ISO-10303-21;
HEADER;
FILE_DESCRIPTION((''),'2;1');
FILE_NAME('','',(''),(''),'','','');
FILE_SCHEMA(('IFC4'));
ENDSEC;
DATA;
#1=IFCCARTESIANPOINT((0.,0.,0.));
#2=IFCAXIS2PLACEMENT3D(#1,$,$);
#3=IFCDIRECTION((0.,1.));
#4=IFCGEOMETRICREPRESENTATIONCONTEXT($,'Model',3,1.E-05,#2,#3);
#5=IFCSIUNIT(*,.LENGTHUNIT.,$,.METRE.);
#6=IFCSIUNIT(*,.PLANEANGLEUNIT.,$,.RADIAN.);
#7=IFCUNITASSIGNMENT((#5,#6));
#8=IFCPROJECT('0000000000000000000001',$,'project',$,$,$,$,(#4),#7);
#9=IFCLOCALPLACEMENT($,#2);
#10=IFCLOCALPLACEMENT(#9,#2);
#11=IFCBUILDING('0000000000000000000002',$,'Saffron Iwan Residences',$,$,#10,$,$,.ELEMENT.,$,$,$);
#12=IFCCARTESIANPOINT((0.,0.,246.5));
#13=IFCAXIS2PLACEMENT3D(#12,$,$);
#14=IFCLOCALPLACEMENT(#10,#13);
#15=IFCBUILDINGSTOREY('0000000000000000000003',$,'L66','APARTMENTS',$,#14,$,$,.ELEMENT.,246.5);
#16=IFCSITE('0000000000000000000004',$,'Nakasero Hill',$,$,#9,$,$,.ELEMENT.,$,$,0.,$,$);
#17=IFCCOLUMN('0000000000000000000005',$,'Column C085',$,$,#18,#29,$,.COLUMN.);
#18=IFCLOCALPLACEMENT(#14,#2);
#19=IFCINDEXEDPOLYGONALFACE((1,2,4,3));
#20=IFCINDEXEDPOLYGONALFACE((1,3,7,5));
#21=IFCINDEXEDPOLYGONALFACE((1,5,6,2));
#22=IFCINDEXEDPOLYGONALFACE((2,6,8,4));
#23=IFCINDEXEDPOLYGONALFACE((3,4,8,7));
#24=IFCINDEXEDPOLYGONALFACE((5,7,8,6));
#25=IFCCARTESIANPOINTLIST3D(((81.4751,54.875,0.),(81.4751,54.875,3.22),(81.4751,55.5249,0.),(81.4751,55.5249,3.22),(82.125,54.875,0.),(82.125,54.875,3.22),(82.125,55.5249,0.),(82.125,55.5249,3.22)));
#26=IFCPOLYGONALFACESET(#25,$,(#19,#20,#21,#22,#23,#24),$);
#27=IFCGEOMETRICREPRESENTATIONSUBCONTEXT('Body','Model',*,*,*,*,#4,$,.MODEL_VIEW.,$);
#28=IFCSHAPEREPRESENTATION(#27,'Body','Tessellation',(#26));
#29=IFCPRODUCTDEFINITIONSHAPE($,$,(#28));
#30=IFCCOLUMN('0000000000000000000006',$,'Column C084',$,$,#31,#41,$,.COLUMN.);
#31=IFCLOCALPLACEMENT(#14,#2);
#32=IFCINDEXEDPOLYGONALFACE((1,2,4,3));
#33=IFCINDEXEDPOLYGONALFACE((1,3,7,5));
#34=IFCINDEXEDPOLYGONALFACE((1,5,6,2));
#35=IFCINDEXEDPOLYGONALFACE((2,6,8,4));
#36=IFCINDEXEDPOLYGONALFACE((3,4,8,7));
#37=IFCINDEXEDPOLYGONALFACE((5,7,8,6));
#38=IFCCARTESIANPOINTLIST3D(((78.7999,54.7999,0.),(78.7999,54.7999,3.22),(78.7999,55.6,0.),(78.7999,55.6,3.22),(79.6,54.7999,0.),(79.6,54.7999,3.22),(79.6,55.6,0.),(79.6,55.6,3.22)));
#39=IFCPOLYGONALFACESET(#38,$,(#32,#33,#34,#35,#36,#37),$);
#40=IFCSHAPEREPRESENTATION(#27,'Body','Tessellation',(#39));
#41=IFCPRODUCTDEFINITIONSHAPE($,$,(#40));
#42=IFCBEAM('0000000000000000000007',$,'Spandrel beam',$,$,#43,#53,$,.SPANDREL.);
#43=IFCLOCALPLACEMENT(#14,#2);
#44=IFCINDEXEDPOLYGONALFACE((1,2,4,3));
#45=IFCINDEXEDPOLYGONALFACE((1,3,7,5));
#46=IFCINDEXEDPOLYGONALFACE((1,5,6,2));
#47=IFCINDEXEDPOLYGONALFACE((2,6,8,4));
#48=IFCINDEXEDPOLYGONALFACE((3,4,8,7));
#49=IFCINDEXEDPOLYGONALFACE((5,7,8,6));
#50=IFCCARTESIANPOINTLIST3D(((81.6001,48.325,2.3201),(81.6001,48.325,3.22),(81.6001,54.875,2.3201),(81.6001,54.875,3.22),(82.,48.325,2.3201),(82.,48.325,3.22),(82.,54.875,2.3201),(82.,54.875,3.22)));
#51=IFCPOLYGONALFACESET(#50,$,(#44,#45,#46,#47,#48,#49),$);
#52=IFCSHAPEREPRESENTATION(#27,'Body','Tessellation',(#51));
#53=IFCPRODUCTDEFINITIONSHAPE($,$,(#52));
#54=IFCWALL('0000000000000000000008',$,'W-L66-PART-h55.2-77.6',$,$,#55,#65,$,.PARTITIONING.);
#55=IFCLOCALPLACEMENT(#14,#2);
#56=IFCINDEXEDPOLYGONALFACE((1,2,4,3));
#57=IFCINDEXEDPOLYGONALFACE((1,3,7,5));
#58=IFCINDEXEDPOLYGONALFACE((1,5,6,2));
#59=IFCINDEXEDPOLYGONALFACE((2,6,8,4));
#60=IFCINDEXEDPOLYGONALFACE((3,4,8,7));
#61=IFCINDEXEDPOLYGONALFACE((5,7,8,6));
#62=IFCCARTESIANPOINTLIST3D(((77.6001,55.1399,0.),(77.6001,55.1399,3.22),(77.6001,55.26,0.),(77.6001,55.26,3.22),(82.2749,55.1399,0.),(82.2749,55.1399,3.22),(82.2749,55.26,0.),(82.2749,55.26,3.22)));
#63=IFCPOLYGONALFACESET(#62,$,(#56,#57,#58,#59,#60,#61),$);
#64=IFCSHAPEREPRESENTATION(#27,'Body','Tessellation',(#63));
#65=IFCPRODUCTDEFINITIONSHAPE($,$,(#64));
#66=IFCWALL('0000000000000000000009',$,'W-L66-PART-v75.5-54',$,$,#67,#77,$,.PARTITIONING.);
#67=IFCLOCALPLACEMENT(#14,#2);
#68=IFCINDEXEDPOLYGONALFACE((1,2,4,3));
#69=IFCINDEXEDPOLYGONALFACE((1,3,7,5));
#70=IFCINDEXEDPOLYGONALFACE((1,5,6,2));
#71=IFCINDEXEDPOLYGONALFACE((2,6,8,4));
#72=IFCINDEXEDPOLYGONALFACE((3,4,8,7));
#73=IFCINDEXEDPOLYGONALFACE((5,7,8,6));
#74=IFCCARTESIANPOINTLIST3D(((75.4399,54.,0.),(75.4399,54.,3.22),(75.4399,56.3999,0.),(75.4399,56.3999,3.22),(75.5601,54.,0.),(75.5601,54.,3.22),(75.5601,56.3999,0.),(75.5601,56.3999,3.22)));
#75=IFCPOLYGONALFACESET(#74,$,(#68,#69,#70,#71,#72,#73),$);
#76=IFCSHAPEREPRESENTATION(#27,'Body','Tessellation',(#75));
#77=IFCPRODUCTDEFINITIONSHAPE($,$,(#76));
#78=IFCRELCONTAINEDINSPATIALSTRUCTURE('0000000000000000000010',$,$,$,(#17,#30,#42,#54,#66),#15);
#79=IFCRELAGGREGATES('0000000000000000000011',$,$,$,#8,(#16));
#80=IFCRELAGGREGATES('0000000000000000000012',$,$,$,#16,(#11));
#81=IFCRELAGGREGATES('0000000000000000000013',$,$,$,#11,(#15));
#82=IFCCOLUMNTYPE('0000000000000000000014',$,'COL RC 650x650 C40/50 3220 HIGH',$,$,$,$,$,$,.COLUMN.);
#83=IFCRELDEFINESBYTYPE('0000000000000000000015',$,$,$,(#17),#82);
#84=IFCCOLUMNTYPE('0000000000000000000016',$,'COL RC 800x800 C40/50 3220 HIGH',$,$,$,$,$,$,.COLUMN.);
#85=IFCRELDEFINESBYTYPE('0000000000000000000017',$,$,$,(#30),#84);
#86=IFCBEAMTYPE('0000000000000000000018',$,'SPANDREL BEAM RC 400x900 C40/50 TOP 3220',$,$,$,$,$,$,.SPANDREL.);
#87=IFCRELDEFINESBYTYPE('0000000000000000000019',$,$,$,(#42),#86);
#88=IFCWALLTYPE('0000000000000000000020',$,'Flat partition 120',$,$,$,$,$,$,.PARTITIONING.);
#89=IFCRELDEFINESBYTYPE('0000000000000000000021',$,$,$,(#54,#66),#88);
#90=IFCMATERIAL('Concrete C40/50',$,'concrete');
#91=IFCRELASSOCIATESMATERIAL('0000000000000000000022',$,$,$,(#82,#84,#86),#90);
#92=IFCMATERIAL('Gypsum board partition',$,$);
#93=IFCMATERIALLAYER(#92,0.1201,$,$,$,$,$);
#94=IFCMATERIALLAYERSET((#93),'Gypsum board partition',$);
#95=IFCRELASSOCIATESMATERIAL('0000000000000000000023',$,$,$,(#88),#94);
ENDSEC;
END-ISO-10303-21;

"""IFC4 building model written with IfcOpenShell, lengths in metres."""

from ifc_helpers import new_model, si_unit, direction, frame, frame_2d, origin, origin_2d, place, context, subcontext, project, spatial, rectangle, extrude, source, transform, mapped, material, layer, layer_set, material_profile, profile_set, type_object, element, save


model = new_model("IFC4")

# Units and contexts
model_context = context("Model", 3, precision=1e-05, world=origin(), true_north=direction((0.0, 1.0)))
body_context = subcontext(model_context, "Body", "Model", "MODEL_VIEW")
ifc_project = project(units=[si_unit("LENGTHUNIT", "METRE"), si_unit("PLANEANGLEUNIT", "RADIAN")], contexts=[model_context])

# Site, building, storey
site_placement = place(None, origin())
site = spatial("IfcSite", under=ifc_project, at=site_placement, Name="Nakasero Hill", CompositionType="ELEMENT", RefElevation=0.0)
building_placement = place(site_placement, origin())
building = spatial("IfcBuilding", under=site, at=building_placement, Name="Saffron Iwan Residences", CompositionType="ELEMENT")
storey_placement = place(building_placement, frame((0.0, 0.0, 246.5)))
storey = spatial("IfcBuildingStorey", under=building, at=storey_placement, Name="L66", Description="APARTMENTS", CompositionType="ELEMENT", Elevation=246.5)

# Columns
ifc_material_1 = material(Name="Concrete C40/50", Category="concrete")
ifc_material_profile_1 = material_profile(ifc_material_1, rectangle(XDim=0.6499, YDim=0.6499, at=origin_2d()), Name="RC 650x650")
ifc_profile_set_1 = profile_set([ifc_material_profile_1], Name="Concrete C40/50")
column_type_1 = type_object("IfcColumnType", Name="COL RC 650x650 C40/50 3220 HIGH", PredefinedType="COLUMN", material=ifc_profile_set_1)
shared_shape_1 = source(origin(), body_context, "Body", "SweptSolid", [
    extrude(rectangle(XDim=0.6499, YDim=0.6499, at=origin_2d()), origin(), (0.0, 0.0, 1.0), 3.22),
])
column_1_placement = place(storey_placement, frame((81.8, 55.2, 0.0), z_axis=(0.0, 0.0, 1.0), x_axis=(1.0, 0.0, 0.0)))
element("IfcColumn", 1, at=column_1_placement, inside=storey, type_object=column_type_1, Name="Column C085", PredefinedType="COLUMN", context=body_context, shape_type="MappedRepresentation", body=[
    mapped(shared_shape_1, transform((0.0, 0.0, 0.0))),
])
ifc_material_profile_2 = material_profile(ifc_material_1, rectangle(XDim=0.8, YDim=0.8, at=origin_2d()), Name="RC 800x800")
ifc_profile_set_2 = profile_set([ifc_material_profile_2], Name="Concrete C40/50")
column_type_2 = type_object("IfcColumnType", Name="COL RC 800x800 C40/50 3220 HIGH", PredefinedType="COLUMN", material=ifc_profile_set_2)
shared_shape_2 = source(origin(), body_context, "Body", "SweptSolid", [
    extrude(rectangle(XDim=0.8, YDim=0.8, at=origin_2d()), origin(), (0.0, 0.0, 1.0), 3.22),
])
column_2_placement = place(storey_placement, frame((79.2, 55.2, 0.0), z_axis=(0.0, 0.0, 1.0), x_axis=(1.0, 0.0, 0.0)))
element("IfcColumn", 2, at=column_2_placement, inside=storey, type_object=column_type_2, Name="Column C084", PredefinedType="COLUMN", context=body_context, shape_type="MappedRepresentation", body=[
    mapped(shared_shape_2, transform((0.0, 0.0, 0.0))),
])

# Beam
ifc_material_profile_3 = material_profile(ifc_material_1, rectangle(XDim=0.3999, YDim=0.8999, at=origin_2d()), Name="RC 400x900")
ifc_profile_set_3 = profile_set([ifc_material_profile_3], Name="Concrete C40/50")
beam_type = type_object("IfcBeamType", Name="SPANDREL BEAM RC 400x900 C40/50 TOP 3220", PredefinedType="SPANDREL", material=ifc_profile_set_3)
shared_shape_3 = source(origin(), body_context, "Body", "SweptSolid", [
    extrude(rectangle(XDim=0.3999, YDim=0.8999, at=origin_2d()), origin(), (0.0, 0.0, 1.0), 6.55),
])
beam_placement = place(storey_placement, frame((81.8, 54.875, 2.77), z_axis=(0.0, -1.0, 0.0), x_axis=(1.0, 0.0, 0.0)))
element("IfcBeam", 3, at=beam_placement, inside=storey, type_object=beam_type, Name="Spandrel beam", PredefinedType="SPANDREL", context=body_context, shape_type="MappedRepresentation", body=[
    mapped(shared_shape_3, transform((0.0, 0.0, 0.0))),
])

# Walls
ifc_material_2 = material(Name="Gypsum board partition")
ifc_layer_1 = layer(ifc_material_2, 0.1201)
ifc_layer_set_1 = layer_set([ifc_layer_1], Name="Gypsum board partition")
wall_type_1 = type_object("IfcWallType", Name="Flat partition 120", PredefinedType="PARTITIONING", material=ifc_layer_set_1)
wall_1_placement = place(storey_placement, frame((77.6001, 55.2, 0.0), z_axis=(0.0, 0.0, 1.0), x_axis=(1.0, 0.0, 0.0)))
element("IfcWall", 4, at=wall_1_placement, inside=storey, type_object=wall_type_1, Name="W-L66-PART-h55.2-77.6", PredefinedType="PARTITIONING", context=body_context, shape_type="SweptSolid", body=[
    extrude(rectangle(XDim=4.6748, YDim=0.1201, at=frame_2d((2.3374, 0.0))), origin(), (0.0, 0.0, 1.0), 3.22),
])
wall_2_placement = place(storey_placement, frame((75.5, 54.0, 0.0), z_axis=(0.0, 0.0, 1.0), x_axis=(0.0, 1.0, 0.0)))
element("IfcWall", 5, at=wall_2_placement, inside=storey, type_object=wall_type_1, Name="W-L66-PART-v75.5-54", PredefinedType="PARTITIONING", context=body_context, shape_type="SweptSolid", body=[
    extrude(rectangle(XDim=2.3999, YDim=0.1201, at=frame_2d((1.2, 0.0))), origin(), (0.0, 0.0, 1.0), 3.22),
])

save(model, "model.ifc")
